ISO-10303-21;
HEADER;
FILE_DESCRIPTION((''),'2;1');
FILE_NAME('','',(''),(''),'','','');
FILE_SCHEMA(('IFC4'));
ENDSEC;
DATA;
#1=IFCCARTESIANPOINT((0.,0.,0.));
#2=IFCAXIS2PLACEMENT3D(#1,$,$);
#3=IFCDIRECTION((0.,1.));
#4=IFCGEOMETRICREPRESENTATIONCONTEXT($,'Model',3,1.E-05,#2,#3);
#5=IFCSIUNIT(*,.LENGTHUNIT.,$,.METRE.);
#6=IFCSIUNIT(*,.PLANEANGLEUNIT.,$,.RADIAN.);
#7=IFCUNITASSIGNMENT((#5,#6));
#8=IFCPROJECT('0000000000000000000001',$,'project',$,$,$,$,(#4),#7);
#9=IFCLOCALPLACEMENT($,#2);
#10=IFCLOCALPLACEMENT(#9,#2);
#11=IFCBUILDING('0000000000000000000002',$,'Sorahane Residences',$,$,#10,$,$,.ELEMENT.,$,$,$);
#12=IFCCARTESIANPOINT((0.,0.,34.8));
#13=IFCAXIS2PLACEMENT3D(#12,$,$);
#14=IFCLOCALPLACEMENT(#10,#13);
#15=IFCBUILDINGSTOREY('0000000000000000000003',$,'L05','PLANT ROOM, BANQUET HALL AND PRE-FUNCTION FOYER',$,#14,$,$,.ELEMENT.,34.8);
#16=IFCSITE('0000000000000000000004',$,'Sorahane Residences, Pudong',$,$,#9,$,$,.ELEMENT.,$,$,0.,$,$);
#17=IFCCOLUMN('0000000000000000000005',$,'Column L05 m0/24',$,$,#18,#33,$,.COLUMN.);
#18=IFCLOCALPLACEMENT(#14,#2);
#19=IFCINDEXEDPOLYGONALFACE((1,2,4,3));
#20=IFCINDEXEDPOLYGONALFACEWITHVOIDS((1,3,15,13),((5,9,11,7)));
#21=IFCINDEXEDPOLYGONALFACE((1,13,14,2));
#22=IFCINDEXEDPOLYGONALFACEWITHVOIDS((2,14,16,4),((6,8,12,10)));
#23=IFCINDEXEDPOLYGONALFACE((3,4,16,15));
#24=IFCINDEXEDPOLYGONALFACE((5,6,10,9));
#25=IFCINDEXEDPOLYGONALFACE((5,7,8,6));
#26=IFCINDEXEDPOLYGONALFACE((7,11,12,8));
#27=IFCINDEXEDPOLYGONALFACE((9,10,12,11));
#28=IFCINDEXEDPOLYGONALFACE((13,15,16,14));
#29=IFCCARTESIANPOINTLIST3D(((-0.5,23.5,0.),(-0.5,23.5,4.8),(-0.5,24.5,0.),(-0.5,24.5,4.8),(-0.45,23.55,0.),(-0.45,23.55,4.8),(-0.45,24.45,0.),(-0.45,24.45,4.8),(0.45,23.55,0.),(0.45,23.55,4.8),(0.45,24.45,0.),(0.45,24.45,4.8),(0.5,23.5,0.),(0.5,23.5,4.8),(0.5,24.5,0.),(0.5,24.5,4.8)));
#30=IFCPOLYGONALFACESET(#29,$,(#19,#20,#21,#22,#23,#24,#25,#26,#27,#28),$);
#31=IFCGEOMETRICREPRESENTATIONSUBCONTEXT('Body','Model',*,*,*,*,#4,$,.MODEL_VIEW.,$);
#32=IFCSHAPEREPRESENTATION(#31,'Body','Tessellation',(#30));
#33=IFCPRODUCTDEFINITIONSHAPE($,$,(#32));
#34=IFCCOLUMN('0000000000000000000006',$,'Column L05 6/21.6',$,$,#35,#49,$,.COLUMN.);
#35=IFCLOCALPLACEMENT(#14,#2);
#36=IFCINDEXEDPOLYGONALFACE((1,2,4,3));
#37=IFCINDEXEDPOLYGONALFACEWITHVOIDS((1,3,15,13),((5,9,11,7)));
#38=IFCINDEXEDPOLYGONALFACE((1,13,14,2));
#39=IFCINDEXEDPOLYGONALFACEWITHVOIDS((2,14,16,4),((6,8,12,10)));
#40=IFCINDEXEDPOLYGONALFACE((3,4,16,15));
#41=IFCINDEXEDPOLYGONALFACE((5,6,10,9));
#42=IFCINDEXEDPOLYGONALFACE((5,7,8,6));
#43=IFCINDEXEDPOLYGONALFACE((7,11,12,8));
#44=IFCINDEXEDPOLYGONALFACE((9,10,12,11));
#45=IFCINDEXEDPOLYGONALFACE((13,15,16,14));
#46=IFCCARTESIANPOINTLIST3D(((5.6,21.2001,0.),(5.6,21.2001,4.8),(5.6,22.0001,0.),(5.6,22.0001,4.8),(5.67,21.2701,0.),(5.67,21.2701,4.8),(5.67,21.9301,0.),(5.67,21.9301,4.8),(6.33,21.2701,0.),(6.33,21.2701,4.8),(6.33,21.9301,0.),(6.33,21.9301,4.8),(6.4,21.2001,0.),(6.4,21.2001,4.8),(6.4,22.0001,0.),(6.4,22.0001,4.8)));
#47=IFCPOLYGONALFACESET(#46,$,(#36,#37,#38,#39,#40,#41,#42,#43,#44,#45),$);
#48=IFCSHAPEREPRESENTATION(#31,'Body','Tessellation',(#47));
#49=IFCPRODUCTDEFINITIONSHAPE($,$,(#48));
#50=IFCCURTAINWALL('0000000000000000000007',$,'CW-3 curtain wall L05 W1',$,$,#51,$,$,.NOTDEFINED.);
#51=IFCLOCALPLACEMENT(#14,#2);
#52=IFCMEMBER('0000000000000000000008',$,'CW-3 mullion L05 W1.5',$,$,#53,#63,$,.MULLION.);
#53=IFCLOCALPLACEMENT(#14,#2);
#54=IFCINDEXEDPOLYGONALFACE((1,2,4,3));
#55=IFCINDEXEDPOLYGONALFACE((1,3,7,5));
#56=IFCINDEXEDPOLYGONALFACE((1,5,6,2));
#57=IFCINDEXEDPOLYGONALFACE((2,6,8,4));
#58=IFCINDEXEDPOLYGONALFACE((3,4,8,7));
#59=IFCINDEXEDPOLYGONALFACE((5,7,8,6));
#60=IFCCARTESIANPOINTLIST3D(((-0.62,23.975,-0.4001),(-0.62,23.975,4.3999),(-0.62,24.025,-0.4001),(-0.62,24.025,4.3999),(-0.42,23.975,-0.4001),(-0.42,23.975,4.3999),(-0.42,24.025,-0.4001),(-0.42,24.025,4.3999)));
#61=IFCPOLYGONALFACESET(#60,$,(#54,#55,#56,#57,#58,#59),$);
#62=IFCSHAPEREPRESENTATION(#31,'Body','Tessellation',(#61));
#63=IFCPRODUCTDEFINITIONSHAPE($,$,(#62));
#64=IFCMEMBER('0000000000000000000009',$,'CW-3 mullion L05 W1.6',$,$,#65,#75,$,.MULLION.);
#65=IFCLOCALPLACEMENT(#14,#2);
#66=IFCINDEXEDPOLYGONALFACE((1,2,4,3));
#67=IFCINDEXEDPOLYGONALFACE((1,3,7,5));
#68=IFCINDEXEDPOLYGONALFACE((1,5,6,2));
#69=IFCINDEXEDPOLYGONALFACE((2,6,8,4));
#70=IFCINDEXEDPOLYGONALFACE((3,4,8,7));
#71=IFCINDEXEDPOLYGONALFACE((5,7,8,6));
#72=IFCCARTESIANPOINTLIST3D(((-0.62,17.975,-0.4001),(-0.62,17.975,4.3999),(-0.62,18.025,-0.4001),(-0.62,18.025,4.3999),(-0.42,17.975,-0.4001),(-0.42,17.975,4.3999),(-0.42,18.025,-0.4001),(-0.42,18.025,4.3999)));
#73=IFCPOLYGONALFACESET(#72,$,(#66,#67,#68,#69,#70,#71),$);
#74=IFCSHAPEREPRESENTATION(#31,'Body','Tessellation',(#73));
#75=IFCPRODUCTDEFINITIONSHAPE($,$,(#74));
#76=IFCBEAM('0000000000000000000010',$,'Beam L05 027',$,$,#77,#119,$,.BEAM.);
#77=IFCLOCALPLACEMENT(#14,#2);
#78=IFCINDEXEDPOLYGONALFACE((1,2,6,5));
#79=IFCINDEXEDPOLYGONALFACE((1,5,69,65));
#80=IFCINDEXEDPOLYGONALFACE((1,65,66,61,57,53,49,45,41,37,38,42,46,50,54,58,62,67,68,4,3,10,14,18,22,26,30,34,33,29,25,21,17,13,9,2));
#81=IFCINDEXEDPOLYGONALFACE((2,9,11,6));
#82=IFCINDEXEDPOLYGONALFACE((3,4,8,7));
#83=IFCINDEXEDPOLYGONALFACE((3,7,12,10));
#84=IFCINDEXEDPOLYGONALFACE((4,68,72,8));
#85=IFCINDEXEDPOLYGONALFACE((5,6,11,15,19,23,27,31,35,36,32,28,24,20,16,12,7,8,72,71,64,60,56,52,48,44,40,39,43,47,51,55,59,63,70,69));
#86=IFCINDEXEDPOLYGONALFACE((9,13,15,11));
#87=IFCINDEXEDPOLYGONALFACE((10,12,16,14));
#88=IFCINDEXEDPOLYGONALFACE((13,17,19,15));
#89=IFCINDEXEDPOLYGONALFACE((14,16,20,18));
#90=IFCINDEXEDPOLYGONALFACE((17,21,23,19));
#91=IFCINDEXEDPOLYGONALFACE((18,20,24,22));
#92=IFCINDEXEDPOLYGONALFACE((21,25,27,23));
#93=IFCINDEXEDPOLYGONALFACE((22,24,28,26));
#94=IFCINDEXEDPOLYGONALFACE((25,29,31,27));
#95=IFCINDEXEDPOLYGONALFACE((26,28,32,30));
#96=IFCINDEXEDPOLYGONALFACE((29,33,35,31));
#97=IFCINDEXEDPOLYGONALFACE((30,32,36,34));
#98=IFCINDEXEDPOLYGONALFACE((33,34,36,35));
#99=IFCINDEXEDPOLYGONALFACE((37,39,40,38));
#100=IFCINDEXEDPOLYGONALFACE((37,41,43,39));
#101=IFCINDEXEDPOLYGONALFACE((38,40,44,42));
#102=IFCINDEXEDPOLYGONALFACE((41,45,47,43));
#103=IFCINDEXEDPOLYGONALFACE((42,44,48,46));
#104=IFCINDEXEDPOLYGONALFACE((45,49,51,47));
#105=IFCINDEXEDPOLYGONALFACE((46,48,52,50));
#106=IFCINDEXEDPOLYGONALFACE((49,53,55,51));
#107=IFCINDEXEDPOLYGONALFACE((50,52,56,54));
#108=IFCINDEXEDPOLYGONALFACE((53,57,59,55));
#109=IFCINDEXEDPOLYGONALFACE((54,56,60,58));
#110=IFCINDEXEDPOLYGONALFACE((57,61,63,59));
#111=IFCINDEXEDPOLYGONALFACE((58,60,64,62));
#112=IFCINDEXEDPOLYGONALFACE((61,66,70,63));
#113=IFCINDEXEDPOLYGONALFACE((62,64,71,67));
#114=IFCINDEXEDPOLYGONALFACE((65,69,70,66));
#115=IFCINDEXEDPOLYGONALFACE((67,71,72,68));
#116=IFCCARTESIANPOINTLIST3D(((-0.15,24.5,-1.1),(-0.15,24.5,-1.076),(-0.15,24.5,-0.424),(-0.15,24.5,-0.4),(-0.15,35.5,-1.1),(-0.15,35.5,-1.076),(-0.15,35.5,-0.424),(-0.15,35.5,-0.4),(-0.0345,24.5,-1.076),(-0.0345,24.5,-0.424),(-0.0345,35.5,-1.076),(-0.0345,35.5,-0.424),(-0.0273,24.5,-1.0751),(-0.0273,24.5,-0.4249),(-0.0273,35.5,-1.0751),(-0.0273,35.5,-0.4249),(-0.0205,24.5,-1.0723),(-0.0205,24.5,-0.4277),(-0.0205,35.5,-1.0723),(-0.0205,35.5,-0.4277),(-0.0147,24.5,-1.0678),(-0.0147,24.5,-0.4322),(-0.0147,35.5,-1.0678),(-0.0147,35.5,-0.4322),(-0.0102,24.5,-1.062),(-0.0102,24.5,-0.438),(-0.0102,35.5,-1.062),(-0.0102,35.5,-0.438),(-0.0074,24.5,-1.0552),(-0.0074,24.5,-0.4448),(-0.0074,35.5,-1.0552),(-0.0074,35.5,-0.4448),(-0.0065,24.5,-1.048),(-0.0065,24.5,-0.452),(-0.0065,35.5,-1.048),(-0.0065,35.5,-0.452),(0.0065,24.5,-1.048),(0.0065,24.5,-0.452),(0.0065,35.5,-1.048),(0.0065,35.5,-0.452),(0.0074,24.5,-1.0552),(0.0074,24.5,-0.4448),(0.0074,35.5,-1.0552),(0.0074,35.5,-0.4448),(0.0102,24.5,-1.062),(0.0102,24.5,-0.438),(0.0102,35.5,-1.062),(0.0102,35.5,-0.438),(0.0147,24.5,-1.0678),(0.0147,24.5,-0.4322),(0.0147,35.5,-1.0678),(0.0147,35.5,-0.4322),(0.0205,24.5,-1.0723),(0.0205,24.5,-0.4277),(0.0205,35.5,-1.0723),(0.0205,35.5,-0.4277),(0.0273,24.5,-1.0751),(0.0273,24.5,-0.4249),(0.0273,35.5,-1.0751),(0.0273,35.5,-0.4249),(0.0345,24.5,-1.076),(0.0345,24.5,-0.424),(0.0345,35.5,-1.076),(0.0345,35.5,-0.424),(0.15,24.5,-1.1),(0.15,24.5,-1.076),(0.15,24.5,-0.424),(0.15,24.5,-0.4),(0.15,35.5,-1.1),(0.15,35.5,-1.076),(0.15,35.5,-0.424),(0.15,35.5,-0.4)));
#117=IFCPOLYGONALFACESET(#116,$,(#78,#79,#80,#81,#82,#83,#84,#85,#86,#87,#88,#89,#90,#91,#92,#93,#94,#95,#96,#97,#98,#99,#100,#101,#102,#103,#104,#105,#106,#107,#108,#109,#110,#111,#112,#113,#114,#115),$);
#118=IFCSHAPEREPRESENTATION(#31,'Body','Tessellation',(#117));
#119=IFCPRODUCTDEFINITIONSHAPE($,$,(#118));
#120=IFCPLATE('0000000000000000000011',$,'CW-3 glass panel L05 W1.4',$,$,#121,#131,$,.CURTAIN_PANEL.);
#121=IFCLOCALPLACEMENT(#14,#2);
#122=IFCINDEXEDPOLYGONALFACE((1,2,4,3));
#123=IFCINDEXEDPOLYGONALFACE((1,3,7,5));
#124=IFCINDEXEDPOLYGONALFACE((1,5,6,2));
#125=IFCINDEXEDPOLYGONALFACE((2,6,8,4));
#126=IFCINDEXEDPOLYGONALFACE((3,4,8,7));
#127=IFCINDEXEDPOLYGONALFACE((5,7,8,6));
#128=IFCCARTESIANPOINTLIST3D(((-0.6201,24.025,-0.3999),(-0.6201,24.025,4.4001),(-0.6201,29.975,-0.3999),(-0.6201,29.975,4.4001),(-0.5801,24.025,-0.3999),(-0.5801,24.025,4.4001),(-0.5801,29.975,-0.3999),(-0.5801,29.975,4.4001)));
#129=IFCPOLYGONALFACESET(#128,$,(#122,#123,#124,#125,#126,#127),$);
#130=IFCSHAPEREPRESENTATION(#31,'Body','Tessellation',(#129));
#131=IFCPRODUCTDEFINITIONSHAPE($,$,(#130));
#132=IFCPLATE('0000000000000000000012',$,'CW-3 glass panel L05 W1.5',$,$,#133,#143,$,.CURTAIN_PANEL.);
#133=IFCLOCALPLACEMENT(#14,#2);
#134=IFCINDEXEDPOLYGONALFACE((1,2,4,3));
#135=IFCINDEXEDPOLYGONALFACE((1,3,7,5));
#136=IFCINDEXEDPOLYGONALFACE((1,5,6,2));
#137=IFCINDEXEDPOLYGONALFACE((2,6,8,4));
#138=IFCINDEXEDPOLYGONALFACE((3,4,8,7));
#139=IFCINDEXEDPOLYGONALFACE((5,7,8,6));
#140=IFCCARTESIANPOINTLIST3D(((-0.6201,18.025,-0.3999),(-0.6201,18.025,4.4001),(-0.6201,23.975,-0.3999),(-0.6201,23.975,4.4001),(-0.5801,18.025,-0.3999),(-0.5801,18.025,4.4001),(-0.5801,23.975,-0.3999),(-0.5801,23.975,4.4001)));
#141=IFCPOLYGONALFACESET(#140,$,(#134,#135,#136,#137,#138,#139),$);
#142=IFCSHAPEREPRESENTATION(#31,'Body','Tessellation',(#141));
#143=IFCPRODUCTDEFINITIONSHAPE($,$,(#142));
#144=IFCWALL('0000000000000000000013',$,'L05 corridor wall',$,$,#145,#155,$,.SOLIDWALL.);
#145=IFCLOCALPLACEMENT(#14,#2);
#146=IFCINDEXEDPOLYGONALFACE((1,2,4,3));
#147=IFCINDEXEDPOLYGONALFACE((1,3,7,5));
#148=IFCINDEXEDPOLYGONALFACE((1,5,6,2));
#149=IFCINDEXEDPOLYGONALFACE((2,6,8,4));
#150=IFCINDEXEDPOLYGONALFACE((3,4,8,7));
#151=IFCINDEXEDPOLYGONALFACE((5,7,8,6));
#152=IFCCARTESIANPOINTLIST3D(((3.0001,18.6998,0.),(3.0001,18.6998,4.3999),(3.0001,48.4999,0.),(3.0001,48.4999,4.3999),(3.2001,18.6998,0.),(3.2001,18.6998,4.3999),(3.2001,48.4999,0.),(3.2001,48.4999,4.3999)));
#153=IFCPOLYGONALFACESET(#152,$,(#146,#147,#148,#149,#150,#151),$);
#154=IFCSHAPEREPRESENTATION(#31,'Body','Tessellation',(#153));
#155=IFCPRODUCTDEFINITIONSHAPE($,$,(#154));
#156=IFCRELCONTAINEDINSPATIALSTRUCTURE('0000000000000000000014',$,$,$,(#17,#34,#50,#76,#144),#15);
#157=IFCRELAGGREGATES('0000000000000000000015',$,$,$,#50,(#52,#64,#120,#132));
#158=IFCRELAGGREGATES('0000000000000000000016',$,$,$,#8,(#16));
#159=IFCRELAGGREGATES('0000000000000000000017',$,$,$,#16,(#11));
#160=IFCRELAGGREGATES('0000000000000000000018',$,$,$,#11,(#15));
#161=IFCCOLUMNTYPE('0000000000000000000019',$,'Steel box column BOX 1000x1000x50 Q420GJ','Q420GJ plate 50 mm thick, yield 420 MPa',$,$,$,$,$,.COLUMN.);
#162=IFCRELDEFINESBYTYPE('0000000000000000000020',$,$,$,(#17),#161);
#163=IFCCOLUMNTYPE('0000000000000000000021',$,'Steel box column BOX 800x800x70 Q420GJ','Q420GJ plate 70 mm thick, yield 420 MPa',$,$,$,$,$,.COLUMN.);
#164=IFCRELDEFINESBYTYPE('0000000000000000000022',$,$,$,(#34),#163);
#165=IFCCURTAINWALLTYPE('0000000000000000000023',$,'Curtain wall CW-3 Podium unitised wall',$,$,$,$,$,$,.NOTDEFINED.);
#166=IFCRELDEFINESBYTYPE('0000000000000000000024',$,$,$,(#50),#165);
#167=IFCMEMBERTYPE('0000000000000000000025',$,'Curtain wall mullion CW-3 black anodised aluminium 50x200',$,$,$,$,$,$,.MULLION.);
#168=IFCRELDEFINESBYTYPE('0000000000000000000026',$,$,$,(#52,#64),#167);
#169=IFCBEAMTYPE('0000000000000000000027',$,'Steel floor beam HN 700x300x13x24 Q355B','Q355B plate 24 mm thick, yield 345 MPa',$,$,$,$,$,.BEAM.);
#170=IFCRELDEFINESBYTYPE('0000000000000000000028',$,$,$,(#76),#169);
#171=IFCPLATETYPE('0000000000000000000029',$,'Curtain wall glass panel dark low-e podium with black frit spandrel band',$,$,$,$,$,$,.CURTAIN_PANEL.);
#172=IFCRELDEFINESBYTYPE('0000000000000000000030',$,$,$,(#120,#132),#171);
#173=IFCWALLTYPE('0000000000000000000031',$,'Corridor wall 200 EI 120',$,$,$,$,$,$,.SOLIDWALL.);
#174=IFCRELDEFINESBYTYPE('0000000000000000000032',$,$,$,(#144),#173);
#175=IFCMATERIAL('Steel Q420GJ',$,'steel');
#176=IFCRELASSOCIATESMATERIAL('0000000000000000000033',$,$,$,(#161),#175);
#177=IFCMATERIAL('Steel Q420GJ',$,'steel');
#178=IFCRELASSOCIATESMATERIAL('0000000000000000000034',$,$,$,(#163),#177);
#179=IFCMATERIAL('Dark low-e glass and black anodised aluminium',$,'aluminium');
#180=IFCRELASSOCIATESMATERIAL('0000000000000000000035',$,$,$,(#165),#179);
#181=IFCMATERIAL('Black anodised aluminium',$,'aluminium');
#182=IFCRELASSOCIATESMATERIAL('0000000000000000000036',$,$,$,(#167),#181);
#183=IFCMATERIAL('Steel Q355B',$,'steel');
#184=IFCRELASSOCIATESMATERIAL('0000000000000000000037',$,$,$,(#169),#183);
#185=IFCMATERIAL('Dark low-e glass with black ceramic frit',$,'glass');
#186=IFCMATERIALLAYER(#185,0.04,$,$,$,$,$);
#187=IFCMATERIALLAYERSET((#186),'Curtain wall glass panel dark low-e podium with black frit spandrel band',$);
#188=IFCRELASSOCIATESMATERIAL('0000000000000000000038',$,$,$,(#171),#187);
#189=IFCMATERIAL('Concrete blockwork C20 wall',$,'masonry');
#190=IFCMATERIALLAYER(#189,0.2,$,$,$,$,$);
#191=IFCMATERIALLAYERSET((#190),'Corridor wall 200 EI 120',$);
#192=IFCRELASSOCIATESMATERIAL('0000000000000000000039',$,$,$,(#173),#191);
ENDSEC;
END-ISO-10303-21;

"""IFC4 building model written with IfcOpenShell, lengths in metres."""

from ifc_helpers import new_model, si_unit, direction, frame, frame_2d, origin, origin_2d, place, context, subcontext, project, spatial, rectangle, hollow_rectangle, i_section, extrude, material, layer, layer_set, material_profile, profile_set, type_object, element, aggregate, save


model = new_model("IFC4")

# Units and contexts
model_context = context("Model", 3, precision=1e-05, world=origin(), true_north=direction((0.0, 1.0)))
body_context = subcontext(model_context, "Body", "Model", "MODEL_VIEW")
ifc_project = project(units=[si_unit("LENGTHUNIT", "METRE"), si_unit("PLANEANGLEUNIT", "RADIAN")], contexts=[model_context])

# Site, building, storey
site_placement = place(None, origin())
site = spatial("IfcSite", under=ifc_project, at=site_placement, Name="Sorahane Residences, Pudong", CompositionType="ELEMENT", RefElevation=0.0)
building_placement = place(site_placement, origin())
building = spatial("IfcBuilding", under=site, at=building_placement, Name="Sorahane Residences", CompositionType="ELEMENT")
storey_placement = place(building_placement, frame((0.0, 0.0, 34.8)))
storey = spatial("IfcBuildingStorey", under=building, at=storey_placement, Name="L05", Description="PLANT ROOM, BANQUET HALL AND PRE-FUNCTION FOYER", CompositionType="ELEMENT", Elevation=34.8)

# Columns
ifc_material_1 = material(Name="Steel Q420GJ", Category="steel")
ifc_material_profile_1 = material_profile(ifc_material_1, hollow_rectangle(XDim=1.0, YDim=1.0, WallThickness=0.05, at=origin_2d()), Name="BOX 1000x1000x50")
ifc_profile_set_1 = profile_set([ifc_material_profile_1], Name="Steel Q420GJ")
column_type_1 = type_object("IfcColumnType", Name="Steel box column BOX 1000x1000x50 Q420GJ", Description="Q420GJ plate 50 mm thick, yield 420 MPa", PredefinedType="COLUMN", material=ifc_profile_set_1)
column_1_placement = place(storey_placement, frame((0.0, 24.0, 0.0), z_axis=(0.0, 0.0, 1.0), x_axis=(1.0, 0.0, 0.0)))
element("IfcColumn", 1, at=column_1_placement, inside=storey, type_object=column_type_1, Name="Column L05 m0/24", PredefinedType="COLUMN", context=body_context, shape_type="SweptSolid", body=[
    extrude(hollow_rectangle(XDim=1.0, YDim=1.0, WallThickness=0.05, at=origin_2d()), origin(), (0.0, 0.0, 1.0), 4.8),
])
ifc_material_2 = material(Name="Steel Q420GJ", Category="steel")
ifc_material_profile_2 = material_profile(ifc_material_2, hollow_rectangle(XDim=0.8, YDim=0.8, WallThickness=0.0701, at=origin_2d()), Name="BOX 800x800x70")
ifc_profile_set_2 = profile_set([ifc_material_profile_2], Name="Steel Q420GJ")
column_type_2 = type_object("IfcColumnType", Name="Steel box column BOX 800x800x70 Q420GJ", Description="Q420GJ plate 70 mm thick, yield 420 MPa", PredefinedType="COLUMN", material=ifc_profile_set_2)
column_2_placement = place(storey_placement, frame((6.0, 21.6001, 0.0), z_axis=(0.0, 0.0, 1.0), x_axis=(1.0, 0.0, 0.0)))
element("IfcColumn", 2, at=column_2_placement, inside=storey, type_object=column_type_2, Name="Column L05 6/21.6", PredefinedType="COLUMN", context=body_context, shape_type="SweptSolid", body=[
    extrude(hollow_rectangle(XDim=0.8, YDim=0.8, WallThickness=0.0701, at=origin_2d()), origin(), (0.0, 0.0, 1.0), 4.8),
])

# Curtain wall, members
ifc_material_3 = material(Name="Dark low-e glass and black anodised aluminium", Category="aluminium")
curtain_wall_type = type_object("IfcCurtainWallType", Name="Curtain wall CW-3 Podium unitised wall", PredefinedType="NOTDEFINED", material=ifc_material_3)
curtain_wall_placement = place(storey_placement, origin())
curtain_wall = element("IfcCurtainWall", 3, at=curtain_wall_placement, inside=storey, type_object=curtain_wall_type, Name="CW-3 curtain wall L05 W1", PredefinedType="NOTDEFINED")
ifc_material_4 = material(Name="Black anodised aluminium", Category="aluminium")
ifc_material_profile_3 = material_profile(ifc_material_4, rectangle(XDim=0.2, YDim=0.05, at=origin_2d()), Name="Curtain wall mullion CW-3 black anodised aluminium 50x200")
ifc_profile_set_3 = profile_set([ifc_material_profile_3], Name="Black anodised aluminium")
member_type = type_object("IfcMemberType", Name="Curtain wall mullion CW-3 black anodised aluminium 50x200", PredefinedType="MULLION", material=ifc_profile_set_3)
member_1_placement = place(storey_placement, frame((-0.52, 24.0, -0.4001), z_axis=(0.0, 0.0, 1.0), x_axis=(-1.0, 0.0, 0.0)))
member_1 = element("IfcMember", 4, at=member_1_placement, type_object=member_type, Name="CW-3 mullion L05 W1.5", PredefinedType="MULLION", context=body_context, shape_type="SweptSolid", body=[
    extrude(rectangle(XDim=0.2, YDim=0.05, at=origin_2d()), origin(), (0.0, 0.0, 1.0), 4.8),
])
member_2_placement = place(storey_placement, frame((-0.52, 18.0, -0.4001), z_axis=(0.0, 0.0, 1.0), x_axis=(-1.0, 0.0, 0.0)))
member_2 = element("IfcMember", 5, at=member_2_placement, type_object=member_type, Name="CW-3 mullion L05 W1.6", PredefinedType="MULLION", context=body_context, shape_type="SweptSolid", body=[
    extrude(rectangle(XDim=0.2, YDim=0.05, at=origin_2d()), origin(), (0.0, 0.0, 1.0), 4.8),
])

# Beam
ifc_material_5 = material(Name="Steel Q355B", Category="steel")
ifc_material_profile_4 = material_profile(ifc_material_5, i_section(OverallWidth=0.3, OverallDepth=0.7, WebThickness=0.0129, FlangeThickness=0.0239, FilletRadius=0.0281, at=origin_2d()), Name="HN 700x300x13x24")
ifc_profile_set_4 = profile_set([ifc_material_profile_4], Name="Steel Q355B")
beam_type = type_object("IfcBeamType", Name="Steel floor beam HN 700x300x13x24 Q355B", Description="Q355B plate 24 mm thick, yield 345 MPa", PredefinedType="BEAM", material=ifc_profile_set_4)
beam_placement = place(storey_placement, frame((0.0, 24.5, -0.75), z_axis=(0.0, 1.0, 0.0), x_axis=(-1.0, 0.0, 0.0)))
element("IfcBeam", 6, at=beam_placement, inside=storey, type_object=beam_type, Name="Beam L05 027", PredefinedType="BEAM", context=body_context, shape_type="SweptSolid", body=[
    extrude(i_section(OverallWidth=0.3, OverallDepth=0.7, WebThickness=0.0129, FlangeThickness=0.0239, FilletRadius=0.0281, at=origin_2d()), origin(), (0.0, 0.0, 1.0), 11.0),
])

# Plates
ifc_material_6 = material(Name="Dark low-e glass with black ceramic frit", Category="glass")
ifc_layer_1 = layer(ifc_material_6, 0.04)
ifc_layer_set_1 = layer_set([ifc_layer_1], Name="Curtain wall glass panel dark low-e podium with black frit spandrel band")
plate_type = type_object("IfcPlateType", Name="Curtain wall glass panel dark low-e podium with black frit spandrel band", PredefinedType="CURTAIN_PANEL", material=ifc_layer_set_1)
plate_1_placement = place(storey_placement, frame((-0.6001, 27.0, -0.3999), z_axis=(0.0, 0.0, 1.0), x_axis=(0.0, -1.0, 0.0)))
plate_1 = element("IfcPlate", 7, at=plate_1_placement, type_object=plate_type, Name="CW-3 glass panel L05 W1.4", PredefinedType="CURTAIN_PANEL", context=body_context, shape_type="SweptSolid", body=[
    extrude(rectangle(XDim=5.95, YDim=0.04, at=origin_2d()), origin(), (0.0, 0.0, 1.0), 4.8),
])
plate_2_placement = place(storey_placement, frame((-0.6001, 21.0, -0.3999), z_axis=(0.0, 0.0, 1.0), x_axis=(0.0, -1.0, 0.0)))
plate_2 = element("IfcPlate", 8, at=plate_2_placement, type_object=plate_type, Name="CW-3 glass panel L05 W1.5", PredefinedType="CURTAIN_PANEL", context=body_context, shape_type="SweptSolid", body=[
    extrude(rectangle(XDim=5.95, YDim=0.04, at=origin_2d()), origin(), (0.0, 0.0, 1.0), 4.8),
])
aggregate(curtain_wall, [member_1, member_2, plate_1, plate_2])

# Wall
ifc_material_7 = material(Name="Concrete blockwork C20 wall", Category="masonry")
ifc_layer_2 = layer(ifc_material_7, 0.2)
ifc_layer_set_2 = layer_set([ifc_layer_2], Name="Corridor wall 200 EI 120")
wall_type_1 = type_object("IfcWallType", Name="Corridor wall 200 EI 120", PredefinedType="SOLIDWALL", material=ifc_layer_set_2)
wall_1_placement = place(storey_placement, frame((3.1001, 18.7, 0.0), z_axis=(0.0, 0.0, 1.0), x_axis=(0.0, 1.0, 0.0)))
element("IfcWall", 9, at=wall_1_placement, inside=storey, type_object=wall_type_1, Name="L05 corridor wall", PredefinedType="SOLIDWALL", context=body_context, shape_type="SweptSolid", body=[
    extrude(rectangle(XDim=29.8, YDim=0.2, at=frame_2d((14.8999, 0.0))), origin(), (0.0, 0.0, 1.0), 4.3999),
])

save(model, "model.ifc")
